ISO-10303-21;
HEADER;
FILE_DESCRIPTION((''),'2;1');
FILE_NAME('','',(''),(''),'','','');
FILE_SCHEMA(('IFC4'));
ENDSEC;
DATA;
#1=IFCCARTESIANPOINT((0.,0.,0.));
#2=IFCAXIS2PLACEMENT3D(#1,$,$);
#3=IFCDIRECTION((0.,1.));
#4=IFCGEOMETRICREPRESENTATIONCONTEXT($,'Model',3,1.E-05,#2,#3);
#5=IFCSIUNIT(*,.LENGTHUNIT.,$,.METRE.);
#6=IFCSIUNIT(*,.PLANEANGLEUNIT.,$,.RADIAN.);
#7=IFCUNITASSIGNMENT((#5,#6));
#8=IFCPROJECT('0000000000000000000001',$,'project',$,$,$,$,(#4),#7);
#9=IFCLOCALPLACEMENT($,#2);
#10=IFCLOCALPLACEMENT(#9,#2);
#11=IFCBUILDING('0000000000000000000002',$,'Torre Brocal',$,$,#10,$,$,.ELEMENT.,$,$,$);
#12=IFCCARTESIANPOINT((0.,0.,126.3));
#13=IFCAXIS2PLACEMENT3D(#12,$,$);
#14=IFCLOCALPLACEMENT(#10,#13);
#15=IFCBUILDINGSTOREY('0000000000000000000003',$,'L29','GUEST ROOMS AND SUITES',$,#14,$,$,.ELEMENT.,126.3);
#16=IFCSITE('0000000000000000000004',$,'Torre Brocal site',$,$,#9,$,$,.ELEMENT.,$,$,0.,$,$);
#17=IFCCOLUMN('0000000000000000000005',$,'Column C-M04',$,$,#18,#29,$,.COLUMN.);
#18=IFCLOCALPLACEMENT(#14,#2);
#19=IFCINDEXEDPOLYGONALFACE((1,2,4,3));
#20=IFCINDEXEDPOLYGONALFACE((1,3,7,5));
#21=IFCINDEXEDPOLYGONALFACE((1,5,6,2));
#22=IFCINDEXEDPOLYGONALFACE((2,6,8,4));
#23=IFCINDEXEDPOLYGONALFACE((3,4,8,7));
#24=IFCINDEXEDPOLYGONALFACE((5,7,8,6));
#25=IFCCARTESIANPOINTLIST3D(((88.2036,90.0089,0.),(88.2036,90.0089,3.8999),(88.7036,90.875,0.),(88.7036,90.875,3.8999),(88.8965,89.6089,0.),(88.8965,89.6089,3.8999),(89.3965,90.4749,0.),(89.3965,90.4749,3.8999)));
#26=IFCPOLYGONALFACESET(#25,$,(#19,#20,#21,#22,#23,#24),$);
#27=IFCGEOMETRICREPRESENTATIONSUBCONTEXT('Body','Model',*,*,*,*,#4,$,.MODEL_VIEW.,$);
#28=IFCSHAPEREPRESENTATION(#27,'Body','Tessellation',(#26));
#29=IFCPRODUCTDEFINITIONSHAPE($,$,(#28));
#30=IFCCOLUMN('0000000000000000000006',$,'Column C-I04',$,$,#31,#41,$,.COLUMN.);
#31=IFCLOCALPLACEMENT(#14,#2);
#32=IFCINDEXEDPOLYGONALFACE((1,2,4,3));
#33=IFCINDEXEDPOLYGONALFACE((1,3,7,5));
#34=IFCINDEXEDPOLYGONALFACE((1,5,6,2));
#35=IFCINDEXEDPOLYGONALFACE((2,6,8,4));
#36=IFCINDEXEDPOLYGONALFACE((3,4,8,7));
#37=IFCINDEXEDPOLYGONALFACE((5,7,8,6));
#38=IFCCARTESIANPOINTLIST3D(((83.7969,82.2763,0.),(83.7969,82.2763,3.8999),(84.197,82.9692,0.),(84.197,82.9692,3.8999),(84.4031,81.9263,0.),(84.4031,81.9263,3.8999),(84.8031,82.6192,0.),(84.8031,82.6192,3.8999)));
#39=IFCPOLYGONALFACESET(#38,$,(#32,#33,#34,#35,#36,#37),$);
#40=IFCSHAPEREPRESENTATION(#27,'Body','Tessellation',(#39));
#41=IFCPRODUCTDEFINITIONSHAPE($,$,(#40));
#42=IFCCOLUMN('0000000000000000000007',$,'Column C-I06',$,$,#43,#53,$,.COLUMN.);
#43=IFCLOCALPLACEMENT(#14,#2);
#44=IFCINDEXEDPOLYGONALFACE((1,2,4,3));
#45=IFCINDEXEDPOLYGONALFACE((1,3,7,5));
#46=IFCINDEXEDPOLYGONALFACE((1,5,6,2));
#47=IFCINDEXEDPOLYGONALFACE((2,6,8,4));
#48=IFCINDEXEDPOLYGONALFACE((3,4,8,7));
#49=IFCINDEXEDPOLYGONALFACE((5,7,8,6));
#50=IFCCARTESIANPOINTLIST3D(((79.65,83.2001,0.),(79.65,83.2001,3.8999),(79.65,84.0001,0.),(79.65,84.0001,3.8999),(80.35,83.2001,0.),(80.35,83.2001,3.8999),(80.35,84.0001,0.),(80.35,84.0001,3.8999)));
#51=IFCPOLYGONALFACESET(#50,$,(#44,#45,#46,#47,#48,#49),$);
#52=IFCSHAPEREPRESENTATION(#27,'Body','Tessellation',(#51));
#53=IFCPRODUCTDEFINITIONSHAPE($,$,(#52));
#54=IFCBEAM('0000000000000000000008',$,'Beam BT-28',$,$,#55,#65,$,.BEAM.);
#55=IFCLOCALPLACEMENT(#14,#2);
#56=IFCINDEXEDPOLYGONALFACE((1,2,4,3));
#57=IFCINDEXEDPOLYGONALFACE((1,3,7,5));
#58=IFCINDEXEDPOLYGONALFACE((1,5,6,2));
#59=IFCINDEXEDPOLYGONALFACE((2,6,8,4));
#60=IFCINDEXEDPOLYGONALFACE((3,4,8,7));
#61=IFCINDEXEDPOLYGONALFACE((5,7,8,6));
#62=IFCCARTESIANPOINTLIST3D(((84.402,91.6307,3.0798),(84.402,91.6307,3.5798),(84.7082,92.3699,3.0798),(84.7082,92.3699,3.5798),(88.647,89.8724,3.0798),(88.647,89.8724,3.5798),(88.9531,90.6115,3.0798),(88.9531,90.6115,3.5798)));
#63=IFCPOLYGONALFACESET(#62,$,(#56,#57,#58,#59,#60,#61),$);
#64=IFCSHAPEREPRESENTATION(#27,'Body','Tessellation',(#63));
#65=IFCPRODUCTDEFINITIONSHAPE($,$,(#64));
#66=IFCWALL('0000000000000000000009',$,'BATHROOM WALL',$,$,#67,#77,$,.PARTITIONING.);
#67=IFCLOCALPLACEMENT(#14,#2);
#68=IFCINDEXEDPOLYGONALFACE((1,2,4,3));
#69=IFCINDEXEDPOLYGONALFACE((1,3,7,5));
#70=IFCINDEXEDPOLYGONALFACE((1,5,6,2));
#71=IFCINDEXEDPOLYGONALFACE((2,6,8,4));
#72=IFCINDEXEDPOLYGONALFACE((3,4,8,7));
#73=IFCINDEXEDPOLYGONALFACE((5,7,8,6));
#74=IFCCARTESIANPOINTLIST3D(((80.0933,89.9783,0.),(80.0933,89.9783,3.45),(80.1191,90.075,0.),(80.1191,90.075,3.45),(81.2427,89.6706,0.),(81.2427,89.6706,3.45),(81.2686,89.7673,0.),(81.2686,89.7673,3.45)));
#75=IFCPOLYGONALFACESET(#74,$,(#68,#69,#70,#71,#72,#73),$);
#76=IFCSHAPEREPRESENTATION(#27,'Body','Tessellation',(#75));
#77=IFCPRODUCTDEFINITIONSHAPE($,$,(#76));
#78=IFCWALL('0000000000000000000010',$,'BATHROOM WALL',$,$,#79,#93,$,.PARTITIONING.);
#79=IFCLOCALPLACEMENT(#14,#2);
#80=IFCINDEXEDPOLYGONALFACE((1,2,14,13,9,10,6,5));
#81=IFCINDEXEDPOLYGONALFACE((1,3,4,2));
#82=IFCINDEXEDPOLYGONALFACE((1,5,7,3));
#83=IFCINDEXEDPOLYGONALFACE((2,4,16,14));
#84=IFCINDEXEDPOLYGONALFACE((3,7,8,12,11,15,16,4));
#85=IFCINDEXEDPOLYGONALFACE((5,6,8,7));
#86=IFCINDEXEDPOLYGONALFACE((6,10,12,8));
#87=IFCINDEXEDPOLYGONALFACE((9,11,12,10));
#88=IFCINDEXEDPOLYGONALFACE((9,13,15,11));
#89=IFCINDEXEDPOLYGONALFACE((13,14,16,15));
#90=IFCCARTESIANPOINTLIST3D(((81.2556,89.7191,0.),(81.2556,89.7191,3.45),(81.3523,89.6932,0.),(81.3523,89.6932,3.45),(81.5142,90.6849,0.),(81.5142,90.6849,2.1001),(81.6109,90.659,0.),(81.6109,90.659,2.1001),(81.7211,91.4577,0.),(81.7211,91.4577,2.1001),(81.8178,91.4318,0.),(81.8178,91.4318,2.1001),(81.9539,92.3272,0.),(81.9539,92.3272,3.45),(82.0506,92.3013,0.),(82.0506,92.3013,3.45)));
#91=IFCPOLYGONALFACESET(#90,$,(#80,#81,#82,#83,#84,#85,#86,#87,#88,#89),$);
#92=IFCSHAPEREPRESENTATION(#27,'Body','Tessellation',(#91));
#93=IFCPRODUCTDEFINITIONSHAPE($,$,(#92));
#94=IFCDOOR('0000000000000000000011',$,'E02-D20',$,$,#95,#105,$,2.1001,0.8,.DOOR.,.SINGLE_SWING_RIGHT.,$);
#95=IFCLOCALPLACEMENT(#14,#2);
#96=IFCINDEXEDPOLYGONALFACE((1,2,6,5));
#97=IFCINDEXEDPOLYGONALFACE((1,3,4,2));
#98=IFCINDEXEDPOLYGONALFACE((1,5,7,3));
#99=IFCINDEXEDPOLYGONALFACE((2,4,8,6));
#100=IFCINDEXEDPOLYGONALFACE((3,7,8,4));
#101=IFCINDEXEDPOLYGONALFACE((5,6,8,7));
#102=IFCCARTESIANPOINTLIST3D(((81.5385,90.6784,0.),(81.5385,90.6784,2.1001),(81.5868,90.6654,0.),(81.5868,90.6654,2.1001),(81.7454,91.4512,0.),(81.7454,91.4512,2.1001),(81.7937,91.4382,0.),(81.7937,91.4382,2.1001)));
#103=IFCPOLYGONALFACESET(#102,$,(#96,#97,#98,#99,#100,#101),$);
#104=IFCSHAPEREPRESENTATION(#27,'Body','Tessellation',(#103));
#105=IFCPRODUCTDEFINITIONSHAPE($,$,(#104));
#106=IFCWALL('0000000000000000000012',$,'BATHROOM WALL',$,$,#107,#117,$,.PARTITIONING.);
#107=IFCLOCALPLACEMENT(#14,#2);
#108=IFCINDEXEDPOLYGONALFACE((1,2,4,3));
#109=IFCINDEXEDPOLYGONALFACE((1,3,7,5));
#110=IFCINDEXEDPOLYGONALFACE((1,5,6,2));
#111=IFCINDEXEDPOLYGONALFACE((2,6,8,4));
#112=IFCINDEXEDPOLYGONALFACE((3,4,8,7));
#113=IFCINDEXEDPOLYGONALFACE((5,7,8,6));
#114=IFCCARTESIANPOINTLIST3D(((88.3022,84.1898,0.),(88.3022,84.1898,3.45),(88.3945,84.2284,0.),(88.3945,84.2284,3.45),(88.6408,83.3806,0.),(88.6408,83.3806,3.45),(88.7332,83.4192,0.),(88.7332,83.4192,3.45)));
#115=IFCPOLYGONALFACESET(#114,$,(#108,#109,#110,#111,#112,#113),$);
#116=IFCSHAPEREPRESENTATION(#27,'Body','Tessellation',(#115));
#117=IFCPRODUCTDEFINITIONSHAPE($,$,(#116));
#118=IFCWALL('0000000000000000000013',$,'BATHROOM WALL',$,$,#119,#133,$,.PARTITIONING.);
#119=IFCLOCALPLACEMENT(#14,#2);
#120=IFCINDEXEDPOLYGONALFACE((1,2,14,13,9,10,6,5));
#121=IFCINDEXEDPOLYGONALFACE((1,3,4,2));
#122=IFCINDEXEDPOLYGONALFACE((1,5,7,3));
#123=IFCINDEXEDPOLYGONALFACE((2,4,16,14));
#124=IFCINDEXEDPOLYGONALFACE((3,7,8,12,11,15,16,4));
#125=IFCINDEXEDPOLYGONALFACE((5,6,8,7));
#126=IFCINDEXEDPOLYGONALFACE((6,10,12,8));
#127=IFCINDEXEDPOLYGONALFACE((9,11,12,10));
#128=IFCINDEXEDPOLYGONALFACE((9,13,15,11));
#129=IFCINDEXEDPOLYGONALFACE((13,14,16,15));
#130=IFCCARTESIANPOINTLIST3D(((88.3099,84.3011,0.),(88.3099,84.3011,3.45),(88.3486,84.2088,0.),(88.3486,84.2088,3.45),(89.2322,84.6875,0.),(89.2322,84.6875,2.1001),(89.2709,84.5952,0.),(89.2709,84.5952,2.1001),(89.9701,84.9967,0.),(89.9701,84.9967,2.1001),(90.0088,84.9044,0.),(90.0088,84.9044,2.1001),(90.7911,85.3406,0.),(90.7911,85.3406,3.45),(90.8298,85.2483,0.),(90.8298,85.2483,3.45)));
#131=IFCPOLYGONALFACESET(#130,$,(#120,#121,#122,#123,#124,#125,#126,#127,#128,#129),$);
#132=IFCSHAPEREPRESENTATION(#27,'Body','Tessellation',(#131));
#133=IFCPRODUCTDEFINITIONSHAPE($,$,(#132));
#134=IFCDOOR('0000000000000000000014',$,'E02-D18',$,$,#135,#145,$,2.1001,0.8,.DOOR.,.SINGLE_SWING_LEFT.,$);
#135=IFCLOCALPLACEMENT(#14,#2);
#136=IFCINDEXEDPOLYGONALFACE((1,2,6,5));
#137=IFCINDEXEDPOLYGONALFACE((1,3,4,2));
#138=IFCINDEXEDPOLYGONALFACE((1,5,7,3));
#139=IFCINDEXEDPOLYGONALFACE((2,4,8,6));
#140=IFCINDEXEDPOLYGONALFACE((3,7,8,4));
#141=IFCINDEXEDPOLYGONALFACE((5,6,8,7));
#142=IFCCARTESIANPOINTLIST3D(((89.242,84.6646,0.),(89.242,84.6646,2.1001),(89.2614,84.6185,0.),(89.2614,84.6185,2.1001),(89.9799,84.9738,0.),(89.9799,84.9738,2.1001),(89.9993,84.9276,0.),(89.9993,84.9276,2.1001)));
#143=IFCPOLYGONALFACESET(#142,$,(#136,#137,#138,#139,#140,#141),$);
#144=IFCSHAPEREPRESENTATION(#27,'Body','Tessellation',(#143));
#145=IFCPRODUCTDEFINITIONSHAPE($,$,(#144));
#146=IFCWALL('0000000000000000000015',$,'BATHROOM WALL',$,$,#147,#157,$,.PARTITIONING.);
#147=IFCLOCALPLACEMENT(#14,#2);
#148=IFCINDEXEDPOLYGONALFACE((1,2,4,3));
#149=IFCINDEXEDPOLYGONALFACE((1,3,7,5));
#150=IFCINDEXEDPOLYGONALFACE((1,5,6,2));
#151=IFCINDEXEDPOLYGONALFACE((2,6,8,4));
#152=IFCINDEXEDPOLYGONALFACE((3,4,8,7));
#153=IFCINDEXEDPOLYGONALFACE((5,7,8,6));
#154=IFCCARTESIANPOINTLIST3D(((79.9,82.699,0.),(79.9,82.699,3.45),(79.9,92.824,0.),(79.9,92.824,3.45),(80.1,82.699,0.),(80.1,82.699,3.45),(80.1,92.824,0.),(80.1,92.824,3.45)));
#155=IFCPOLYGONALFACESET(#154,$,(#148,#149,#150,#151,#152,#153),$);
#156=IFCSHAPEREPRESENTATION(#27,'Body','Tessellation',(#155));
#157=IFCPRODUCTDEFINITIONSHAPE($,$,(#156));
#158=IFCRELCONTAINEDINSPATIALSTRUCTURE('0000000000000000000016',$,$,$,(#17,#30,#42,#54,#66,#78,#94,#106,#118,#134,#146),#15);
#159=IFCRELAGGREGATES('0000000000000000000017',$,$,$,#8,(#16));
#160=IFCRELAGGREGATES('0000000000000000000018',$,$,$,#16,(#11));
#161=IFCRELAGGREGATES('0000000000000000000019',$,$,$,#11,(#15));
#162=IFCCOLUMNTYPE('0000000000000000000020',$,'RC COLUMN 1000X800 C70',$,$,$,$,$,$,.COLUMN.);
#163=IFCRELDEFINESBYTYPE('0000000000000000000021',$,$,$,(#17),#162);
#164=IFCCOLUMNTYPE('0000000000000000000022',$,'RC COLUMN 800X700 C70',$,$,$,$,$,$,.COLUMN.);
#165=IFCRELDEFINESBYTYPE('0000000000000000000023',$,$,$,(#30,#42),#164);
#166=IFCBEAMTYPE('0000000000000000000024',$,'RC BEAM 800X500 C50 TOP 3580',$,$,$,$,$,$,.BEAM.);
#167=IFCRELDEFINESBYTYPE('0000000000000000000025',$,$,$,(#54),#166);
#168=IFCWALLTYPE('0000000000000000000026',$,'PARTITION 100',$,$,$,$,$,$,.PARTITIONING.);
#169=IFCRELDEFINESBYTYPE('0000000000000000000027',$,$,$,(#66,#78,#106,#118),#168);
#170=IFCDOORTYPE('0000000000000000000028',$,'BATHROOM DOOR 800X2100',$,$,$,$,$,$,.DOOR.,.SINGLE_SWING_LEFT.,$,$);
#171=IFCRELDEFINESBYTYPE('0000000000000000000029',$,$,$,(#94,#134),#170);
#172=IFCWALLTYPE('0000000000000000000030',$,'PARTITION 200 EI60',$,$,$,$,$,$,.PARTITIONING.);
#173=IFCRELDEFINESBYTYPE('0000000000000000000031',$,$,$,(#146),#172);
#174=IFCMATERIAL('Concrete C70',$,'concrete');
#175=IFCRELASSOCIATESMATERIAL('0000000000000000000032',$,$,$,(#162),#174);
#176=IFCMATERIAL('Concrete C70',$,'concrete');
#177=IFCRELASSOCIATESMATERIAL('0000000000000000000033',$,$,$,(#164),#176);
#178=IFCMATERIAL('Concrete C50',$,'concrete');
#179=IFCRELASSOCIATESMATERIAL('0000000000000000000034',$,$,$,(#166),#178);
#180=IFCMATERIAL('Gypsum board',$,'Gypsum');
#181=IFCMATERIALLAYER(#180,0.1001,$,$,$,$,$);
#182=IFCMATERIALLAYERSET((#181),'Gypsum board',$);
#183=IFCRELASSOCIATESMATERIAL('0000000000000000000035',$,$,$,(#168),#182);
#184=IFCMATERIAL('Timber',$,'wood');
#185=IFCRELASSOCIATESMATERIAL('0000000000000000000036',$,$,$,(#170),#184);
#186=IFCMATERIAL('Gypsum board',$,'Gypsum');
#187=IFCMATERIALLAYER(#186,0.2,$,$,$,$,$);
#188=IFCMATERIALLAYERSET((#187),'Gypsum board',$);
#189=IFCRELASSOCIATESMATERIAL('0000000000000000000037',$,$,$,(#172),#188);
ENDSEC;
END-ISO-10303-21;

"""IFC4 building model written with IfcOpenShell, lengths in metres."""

from ifc_helpers import new_model, si_unit, direction, frame, frame_2d, origin, origin_2d, place, context, subcontext, project, spatial, rectangle, extrude, material, layer, layer_set, material_profile, profile_set, type_object, element, fill, save


model = new_model("IFC4")

# Units and contexts
model_context = context("Model", 3, precision=1e-05, world=origin(), true_north=direction((0.0, 1.0)))
body_context = subcontext(model_context, "Body", "Model", "MODEL_VIEW")
ifc_project = project(units=[si_unit("LENGTHUNIT", "METRE"), si_unit("PLANEANGLEUNIT", "RADIAN")], contexts=[model_context])

# Site, building, storey
site_placement = place(None, origin())
site = spatial("IfcSite", under=ifc_project, at=site_placement, Name="Torre Brocal site", CompositionType="ELEMENT", RefElevation=0.0)
building_placement = place(site_placement, origin())
building = spatial("IfcBuilding", under=site, at=building_placement, Name="Torre Brocal", CompositionType="ELEMENT")
storey_placement = place(building_placement, frame((0.0, 0.0, 126.3)))
storey = spatial("IfcBuildingStorey", under=building, at=storey_placement, Name="L29", Description="GUEST ROOMS AND SUITES", CompositionType="ELEMENT", Elevation=126.3)

# Columns
ifc_material_1 = material(Name="Concrete C70", Category="concrete")
ifc_material_profile_1 = material_profile(ifc_material_1, rectangle(XDim=1.0, YDim=0.8, at=origin_2d()), Name="RC 1000X800")
ifc_profile_set_1 = profile_set([ifc_material_profile_1], Name="Concrete C70")
column_type_1 = type_object("IfcColumnType", Name="RC COLUMN 1000X800 C70", PredefinedType="COLUMN", material=ifc_profile_set_1)
column_placement = place(storey_placement, frame((88.8, 90.2419, 0.0), z_axis=(0.0, 0.0, 1.0), x_axis=(0.5, 0.866025, 0.0)))
element("IfcColumn", 1, at=column_placement, inside=storey, type_object=column_type_1, Name="Column C-M04", PredefinedType="COLUMN", context=body_context, shape_type="SweptSolid", body=[
    extrude(rectangle(XDim=1.0, YDim=0.8, at=origin_2d()), origin(), (0.0, 0.0, 1.0), 3.8999),
])
ifc_material_2 = material(Name="Concrete C70", Category="concrete")
ifc_material_profile_2 = material_profile(ifc_material_2, rectangle(XDim=0.8, YDim=0.7, at=origin_2d()), Name="RC 800X700")
ifc_profile_set_2 = profile_set([ifc_material_profile_2], Name="Concrete C70")
column_type_2 = type_object("IfcColumnType", Name="RC COLUMN 800X700 C70", PredefinedType="COLUMN", material=ifc_profile_set_2)
for number, where, z_axis, x_axis, name in (
    (2, (84.3, 82.4478, 0.0), (0.0, 0.0, 1.0), (0.5, 0.866025, 0.0), "Column C-I04"),
    (3, (80.0, 83.6001, 0.0), (0.0, 0.0, 1.0), (0.0, 1.0, 0.0), "Column C-I06"),
):
    element("IfcColumn", number, at=place(storey_placement, frame(where, z_axis=z_axis, x_axis=x_axis)), inside=storey, type_object=column_type_2, Name=name, PredefinedType="COLUMN", context=body_context, shape_type="SweptSolid", body=[
        extrude(rectangle(XDim=0.8, YDim=0.7, at=origin_2d()), origin(), (0.0, 0.0, 1.0), 3.8999),
    ])

# Beam
ifc_material_3 = material(Name="Concrete C50", Category="concrete")
ifc_material_profile_3 = material_profile(ifc_material_3, rectangle(XDim=0.8, YDim=0.5, at=origin_2d()), Name="RC 800X500")
ifc_profile_set_3 = profile_set([ifc_material_profile_3], Name="Concrete C50")
beam_type = type_object("IfcBeamType", Name="RC BEAM 800X500 C50 TOP 3580", PredefinedType="BEAM", material=ifc_profile_set_3)
beam_placement = place(storey_placement, frame((88.8, 90.2419, 3.3298), z_axis=(-0.923878, 0.382687, 0.0), x_axis=(-0.382687, -0.923878, 0.0)))
element("IfcBeam", 4, at=beam_placement, inside=storey, type_object=beam_type, Name="Beam BT-28", PredefinedType="BEAM", context=body_context, shape_type="SweptSolid", body=[
    extrude(rectangle(XDim=0.8, YDim=0.5, at=origin_2d()), origin(), (0.0, 0.0, 1.0), 4.5947),
])

# Wall
ifc_material_4 = material(Name="Gypsum board", Category="Gypsum")
ifc_layer_1 = layer(ifc_material_4, 0.1001)
ifc_layer_set_1 = layer_set([ifc_layer_1], Name="Gypsum board")
wall_type_1 = type_object("IfcWallType", Name="PARTITION 100", PredefinedType="PARTITIONING", material=ifc_layer_set_1)
wall_1_placement = place(storey_placement, frame((80.1062, 90.0266, 0.0), z_axis=(0.0, 0.0, 1.0), x_axis=(0.966003, -0.258531, 0.0)))
element("IfcWall", 5, at=wall_1_placement, inside=storey, type_object=wall_type_1, Name="BATHROOM WALL", PredefinedType="PARTITIONING", context=body_context, shape_type="SweptSolid", body=[
    extrude(rectangle(XDim=1.1899, YDim=0.1001, at=frame_2d((0.595, 0.0))), origin(), (0.0, 0.0, 1.0), 3.45),
])

# Wall, opening, door
wall_2_placement = place(storey_placement, frame((81.304, 89.7061, 0.0), z_axis=(0.0, 0.0, 1.0), x_axis=(0.258608, 0.965982, 0.0)))
wall_2 = element("IfcWall", 6, at=wall_2_placement, inside=storey, type_object=wall_type_1, Name="BATHROOM WALL", PredefinedType="PARTITIONING", context=body_context, shape_type="SweptSolid", body=[
    extrude(rectangle(XDim=2.7, YDim=0.1001, at=frame_2d((1.3501, 0.0))), origin(), (0.0, 0.0, 1.0), 3.45),
])
opening_1_placement = place(wall_2_placement, frame((1.0, 0.0, 0.0)))
opening_1 = element("IfcOpeningElement", 7, at=opening_1_placement, cuts=wall_2, PredefinedType="OPENING", context=body_context, shape_type="SweptSolid", body=[
    extrude(rectangle(XDim=0.8, YDim=2.1001, at=frame_2d((0.3999, 1.05))), frame((0.0, 0.0601, 0.0), z_axis=(0.0, -1.0, 0.0), x_axis=(1.0, 0.0, 0.0)), (0.0, 0.0, 1.0), 0.1201),
])
ifc_material_5 = material(Name="Timber", Category="wood")
door_type_1 = type_object("IfcDoorType", Name="BATHROOM DOOR 800X2100", OperationType="SINGLE_SWING_LEFT", PredefinedType="DOOR", material=ifc_material_5)
door_1_placement = place(opening_1_placement, origin())
door_1 = element("IfcDoor", 8, at=door_1_placement, inside=storey, type_object=door_type_1, Name="E02-D20", OperationType="SINGLE_SWING_RIGHT", OverallHeight=2.1001, OverallWidth=0.8, PredefinedType="DOOR", context=body_context, shape_type="SweptSolid", body=[
    extrude(rectangle(XDim=0.8, YDim=2.1001, at=frame_2d((0.3999, 1.05))), frame((0.0, 0.0249, 0.0), z_axis=(0.0, -1.0, 0.0), x_axis=(1.0, 0.0, 0.0)), (0.0, 0.0, 1.0), 0.05),
])
fill(opening_1, door_1)

# Wall
wall_3_placement = place(storey_placement, frame((88.3484, 84.209, 0.0), z_axis=(0.0, 0.0, 1.0), x_axis=(0.386077, -0.922466, 0.0)))
element("IfcWall", 9, at=wall_3_placement, inside=storey, type_object=wall_type_1, Name="BATHROOM WALL", PredefinedType="PARTITIONING", context=body_context, shape_type="SweptSolid", body=[
    extrude(rectangle(XDim=0.8772, YDim=0.1001, at=frame_2d((0.4385, 0.0))), origin(), (0.0, 0.0, 1.0), 3.45),
])

# Wall, opening, door
wall_4_placement = place(storey_placement, frame((88.3291, 84.2549, 0.0), z_axis=(0.0, 0.0, 1.0), x_axis=(0.922321, 0.386425, 0.0)))
wall_4 = element("IfcWall", 10, at=wall_4_placement, inside=storey, type_object=wall_type_1, Name="BATHROOM WALL", PredefinedType="PARTITIONING", context=body_context, shape_type="SweptSolid", body=[
    extrude(rectangle(XDim=2.6902, YDim=0.1001, at=frame_2d((1.3452, 0.0))), origin(), (0.0, 0.0, 1.0), 3.45),
])
opening_2_placement = place(wall_4_placement, frame((1.0002, 0.0, 0.0)))
opening_2 = element("IfcOpeningElement", 11, at=opening_2_placement, cuts=wall_4, PredefinedType="OPENING", context=body_context, shape_type="SweptSolid", body=[
    extrude(rectangle(XDim=0.8, YDim=2.1001, at=frame_2d((0.3999, 1.05))), frame((0.0, 0.0601, 0.0), z_axis=(0.0, -1.0, 0.0), x_axis=(1.0, 0.0, 0.0)), (0.0, 0.0, 1.0), 0.1201),
])
door_2_placement = place(opening_2_placement, frame((0.8, 0.0, 0.0), z_axis=(0.0, 0.0, 1.0), x_axis=(-1.0, 0.0, 0.0)))
door_2 = element("IfcDoor", 12, at=door_2_placement, inside=storey, type_object=door_type_1, Name="E02-D18", OperationType="SINGLE_SWING_LEFT", OverallHeight=2.1001, OverallWidth=0.8, PredefinedType="DOOR", context=body_context, shape_type="SweptSolid", body=[
    extrude(rectangle(XDim=0.8, YDim=2.1001, at=frame_2d((0.3999, 1.05))), frame((0.0, 0.0249, 0.0), z_axis=(0.0, -1.0, 0.0), x_axis=(1.0, 0.0, 0.0)), (0.0, 0.0, 1.0), 0.05),
])
fill(opening_2, door_2)

# Wall
ifc_material_6 = material(Name="Gypsum board", Category="Gypsum")
ifc_layer_2 = layer(ifc_material_6, 0.2)
ifc_layer_set_2 = layer_set([ifc_layer_2], Name="Gypsum board")
wall_type_2 = type_object("IfcWallType", Name="PARTITION 200 EI60", PredefinedType="PARTITIONING", material=ifc_layer_set_2)
wall_5_placement = place(storey_placement, frame((80.0, 82.699, 0.0), z_axis=(0.0, 0.0, 1.0), x_axis=(0.0, 1.0, 0.0)))
element("IfcWall", 13, at=wall_5_placement, inside=storey, type_object=wall_type_2, Name="BATHROOM WALL", PredefinedType="PARTITIONING", context=body_context, shape_type="SweptSolid", body=[
    extrude(rectangle(XDim=10.125, YDim=0.2, at=frame_2d((5.0625, 0.0))), origin(), (0.0, 0.0, 1.0), 3.45),
])

save(model, "model.ifc")
